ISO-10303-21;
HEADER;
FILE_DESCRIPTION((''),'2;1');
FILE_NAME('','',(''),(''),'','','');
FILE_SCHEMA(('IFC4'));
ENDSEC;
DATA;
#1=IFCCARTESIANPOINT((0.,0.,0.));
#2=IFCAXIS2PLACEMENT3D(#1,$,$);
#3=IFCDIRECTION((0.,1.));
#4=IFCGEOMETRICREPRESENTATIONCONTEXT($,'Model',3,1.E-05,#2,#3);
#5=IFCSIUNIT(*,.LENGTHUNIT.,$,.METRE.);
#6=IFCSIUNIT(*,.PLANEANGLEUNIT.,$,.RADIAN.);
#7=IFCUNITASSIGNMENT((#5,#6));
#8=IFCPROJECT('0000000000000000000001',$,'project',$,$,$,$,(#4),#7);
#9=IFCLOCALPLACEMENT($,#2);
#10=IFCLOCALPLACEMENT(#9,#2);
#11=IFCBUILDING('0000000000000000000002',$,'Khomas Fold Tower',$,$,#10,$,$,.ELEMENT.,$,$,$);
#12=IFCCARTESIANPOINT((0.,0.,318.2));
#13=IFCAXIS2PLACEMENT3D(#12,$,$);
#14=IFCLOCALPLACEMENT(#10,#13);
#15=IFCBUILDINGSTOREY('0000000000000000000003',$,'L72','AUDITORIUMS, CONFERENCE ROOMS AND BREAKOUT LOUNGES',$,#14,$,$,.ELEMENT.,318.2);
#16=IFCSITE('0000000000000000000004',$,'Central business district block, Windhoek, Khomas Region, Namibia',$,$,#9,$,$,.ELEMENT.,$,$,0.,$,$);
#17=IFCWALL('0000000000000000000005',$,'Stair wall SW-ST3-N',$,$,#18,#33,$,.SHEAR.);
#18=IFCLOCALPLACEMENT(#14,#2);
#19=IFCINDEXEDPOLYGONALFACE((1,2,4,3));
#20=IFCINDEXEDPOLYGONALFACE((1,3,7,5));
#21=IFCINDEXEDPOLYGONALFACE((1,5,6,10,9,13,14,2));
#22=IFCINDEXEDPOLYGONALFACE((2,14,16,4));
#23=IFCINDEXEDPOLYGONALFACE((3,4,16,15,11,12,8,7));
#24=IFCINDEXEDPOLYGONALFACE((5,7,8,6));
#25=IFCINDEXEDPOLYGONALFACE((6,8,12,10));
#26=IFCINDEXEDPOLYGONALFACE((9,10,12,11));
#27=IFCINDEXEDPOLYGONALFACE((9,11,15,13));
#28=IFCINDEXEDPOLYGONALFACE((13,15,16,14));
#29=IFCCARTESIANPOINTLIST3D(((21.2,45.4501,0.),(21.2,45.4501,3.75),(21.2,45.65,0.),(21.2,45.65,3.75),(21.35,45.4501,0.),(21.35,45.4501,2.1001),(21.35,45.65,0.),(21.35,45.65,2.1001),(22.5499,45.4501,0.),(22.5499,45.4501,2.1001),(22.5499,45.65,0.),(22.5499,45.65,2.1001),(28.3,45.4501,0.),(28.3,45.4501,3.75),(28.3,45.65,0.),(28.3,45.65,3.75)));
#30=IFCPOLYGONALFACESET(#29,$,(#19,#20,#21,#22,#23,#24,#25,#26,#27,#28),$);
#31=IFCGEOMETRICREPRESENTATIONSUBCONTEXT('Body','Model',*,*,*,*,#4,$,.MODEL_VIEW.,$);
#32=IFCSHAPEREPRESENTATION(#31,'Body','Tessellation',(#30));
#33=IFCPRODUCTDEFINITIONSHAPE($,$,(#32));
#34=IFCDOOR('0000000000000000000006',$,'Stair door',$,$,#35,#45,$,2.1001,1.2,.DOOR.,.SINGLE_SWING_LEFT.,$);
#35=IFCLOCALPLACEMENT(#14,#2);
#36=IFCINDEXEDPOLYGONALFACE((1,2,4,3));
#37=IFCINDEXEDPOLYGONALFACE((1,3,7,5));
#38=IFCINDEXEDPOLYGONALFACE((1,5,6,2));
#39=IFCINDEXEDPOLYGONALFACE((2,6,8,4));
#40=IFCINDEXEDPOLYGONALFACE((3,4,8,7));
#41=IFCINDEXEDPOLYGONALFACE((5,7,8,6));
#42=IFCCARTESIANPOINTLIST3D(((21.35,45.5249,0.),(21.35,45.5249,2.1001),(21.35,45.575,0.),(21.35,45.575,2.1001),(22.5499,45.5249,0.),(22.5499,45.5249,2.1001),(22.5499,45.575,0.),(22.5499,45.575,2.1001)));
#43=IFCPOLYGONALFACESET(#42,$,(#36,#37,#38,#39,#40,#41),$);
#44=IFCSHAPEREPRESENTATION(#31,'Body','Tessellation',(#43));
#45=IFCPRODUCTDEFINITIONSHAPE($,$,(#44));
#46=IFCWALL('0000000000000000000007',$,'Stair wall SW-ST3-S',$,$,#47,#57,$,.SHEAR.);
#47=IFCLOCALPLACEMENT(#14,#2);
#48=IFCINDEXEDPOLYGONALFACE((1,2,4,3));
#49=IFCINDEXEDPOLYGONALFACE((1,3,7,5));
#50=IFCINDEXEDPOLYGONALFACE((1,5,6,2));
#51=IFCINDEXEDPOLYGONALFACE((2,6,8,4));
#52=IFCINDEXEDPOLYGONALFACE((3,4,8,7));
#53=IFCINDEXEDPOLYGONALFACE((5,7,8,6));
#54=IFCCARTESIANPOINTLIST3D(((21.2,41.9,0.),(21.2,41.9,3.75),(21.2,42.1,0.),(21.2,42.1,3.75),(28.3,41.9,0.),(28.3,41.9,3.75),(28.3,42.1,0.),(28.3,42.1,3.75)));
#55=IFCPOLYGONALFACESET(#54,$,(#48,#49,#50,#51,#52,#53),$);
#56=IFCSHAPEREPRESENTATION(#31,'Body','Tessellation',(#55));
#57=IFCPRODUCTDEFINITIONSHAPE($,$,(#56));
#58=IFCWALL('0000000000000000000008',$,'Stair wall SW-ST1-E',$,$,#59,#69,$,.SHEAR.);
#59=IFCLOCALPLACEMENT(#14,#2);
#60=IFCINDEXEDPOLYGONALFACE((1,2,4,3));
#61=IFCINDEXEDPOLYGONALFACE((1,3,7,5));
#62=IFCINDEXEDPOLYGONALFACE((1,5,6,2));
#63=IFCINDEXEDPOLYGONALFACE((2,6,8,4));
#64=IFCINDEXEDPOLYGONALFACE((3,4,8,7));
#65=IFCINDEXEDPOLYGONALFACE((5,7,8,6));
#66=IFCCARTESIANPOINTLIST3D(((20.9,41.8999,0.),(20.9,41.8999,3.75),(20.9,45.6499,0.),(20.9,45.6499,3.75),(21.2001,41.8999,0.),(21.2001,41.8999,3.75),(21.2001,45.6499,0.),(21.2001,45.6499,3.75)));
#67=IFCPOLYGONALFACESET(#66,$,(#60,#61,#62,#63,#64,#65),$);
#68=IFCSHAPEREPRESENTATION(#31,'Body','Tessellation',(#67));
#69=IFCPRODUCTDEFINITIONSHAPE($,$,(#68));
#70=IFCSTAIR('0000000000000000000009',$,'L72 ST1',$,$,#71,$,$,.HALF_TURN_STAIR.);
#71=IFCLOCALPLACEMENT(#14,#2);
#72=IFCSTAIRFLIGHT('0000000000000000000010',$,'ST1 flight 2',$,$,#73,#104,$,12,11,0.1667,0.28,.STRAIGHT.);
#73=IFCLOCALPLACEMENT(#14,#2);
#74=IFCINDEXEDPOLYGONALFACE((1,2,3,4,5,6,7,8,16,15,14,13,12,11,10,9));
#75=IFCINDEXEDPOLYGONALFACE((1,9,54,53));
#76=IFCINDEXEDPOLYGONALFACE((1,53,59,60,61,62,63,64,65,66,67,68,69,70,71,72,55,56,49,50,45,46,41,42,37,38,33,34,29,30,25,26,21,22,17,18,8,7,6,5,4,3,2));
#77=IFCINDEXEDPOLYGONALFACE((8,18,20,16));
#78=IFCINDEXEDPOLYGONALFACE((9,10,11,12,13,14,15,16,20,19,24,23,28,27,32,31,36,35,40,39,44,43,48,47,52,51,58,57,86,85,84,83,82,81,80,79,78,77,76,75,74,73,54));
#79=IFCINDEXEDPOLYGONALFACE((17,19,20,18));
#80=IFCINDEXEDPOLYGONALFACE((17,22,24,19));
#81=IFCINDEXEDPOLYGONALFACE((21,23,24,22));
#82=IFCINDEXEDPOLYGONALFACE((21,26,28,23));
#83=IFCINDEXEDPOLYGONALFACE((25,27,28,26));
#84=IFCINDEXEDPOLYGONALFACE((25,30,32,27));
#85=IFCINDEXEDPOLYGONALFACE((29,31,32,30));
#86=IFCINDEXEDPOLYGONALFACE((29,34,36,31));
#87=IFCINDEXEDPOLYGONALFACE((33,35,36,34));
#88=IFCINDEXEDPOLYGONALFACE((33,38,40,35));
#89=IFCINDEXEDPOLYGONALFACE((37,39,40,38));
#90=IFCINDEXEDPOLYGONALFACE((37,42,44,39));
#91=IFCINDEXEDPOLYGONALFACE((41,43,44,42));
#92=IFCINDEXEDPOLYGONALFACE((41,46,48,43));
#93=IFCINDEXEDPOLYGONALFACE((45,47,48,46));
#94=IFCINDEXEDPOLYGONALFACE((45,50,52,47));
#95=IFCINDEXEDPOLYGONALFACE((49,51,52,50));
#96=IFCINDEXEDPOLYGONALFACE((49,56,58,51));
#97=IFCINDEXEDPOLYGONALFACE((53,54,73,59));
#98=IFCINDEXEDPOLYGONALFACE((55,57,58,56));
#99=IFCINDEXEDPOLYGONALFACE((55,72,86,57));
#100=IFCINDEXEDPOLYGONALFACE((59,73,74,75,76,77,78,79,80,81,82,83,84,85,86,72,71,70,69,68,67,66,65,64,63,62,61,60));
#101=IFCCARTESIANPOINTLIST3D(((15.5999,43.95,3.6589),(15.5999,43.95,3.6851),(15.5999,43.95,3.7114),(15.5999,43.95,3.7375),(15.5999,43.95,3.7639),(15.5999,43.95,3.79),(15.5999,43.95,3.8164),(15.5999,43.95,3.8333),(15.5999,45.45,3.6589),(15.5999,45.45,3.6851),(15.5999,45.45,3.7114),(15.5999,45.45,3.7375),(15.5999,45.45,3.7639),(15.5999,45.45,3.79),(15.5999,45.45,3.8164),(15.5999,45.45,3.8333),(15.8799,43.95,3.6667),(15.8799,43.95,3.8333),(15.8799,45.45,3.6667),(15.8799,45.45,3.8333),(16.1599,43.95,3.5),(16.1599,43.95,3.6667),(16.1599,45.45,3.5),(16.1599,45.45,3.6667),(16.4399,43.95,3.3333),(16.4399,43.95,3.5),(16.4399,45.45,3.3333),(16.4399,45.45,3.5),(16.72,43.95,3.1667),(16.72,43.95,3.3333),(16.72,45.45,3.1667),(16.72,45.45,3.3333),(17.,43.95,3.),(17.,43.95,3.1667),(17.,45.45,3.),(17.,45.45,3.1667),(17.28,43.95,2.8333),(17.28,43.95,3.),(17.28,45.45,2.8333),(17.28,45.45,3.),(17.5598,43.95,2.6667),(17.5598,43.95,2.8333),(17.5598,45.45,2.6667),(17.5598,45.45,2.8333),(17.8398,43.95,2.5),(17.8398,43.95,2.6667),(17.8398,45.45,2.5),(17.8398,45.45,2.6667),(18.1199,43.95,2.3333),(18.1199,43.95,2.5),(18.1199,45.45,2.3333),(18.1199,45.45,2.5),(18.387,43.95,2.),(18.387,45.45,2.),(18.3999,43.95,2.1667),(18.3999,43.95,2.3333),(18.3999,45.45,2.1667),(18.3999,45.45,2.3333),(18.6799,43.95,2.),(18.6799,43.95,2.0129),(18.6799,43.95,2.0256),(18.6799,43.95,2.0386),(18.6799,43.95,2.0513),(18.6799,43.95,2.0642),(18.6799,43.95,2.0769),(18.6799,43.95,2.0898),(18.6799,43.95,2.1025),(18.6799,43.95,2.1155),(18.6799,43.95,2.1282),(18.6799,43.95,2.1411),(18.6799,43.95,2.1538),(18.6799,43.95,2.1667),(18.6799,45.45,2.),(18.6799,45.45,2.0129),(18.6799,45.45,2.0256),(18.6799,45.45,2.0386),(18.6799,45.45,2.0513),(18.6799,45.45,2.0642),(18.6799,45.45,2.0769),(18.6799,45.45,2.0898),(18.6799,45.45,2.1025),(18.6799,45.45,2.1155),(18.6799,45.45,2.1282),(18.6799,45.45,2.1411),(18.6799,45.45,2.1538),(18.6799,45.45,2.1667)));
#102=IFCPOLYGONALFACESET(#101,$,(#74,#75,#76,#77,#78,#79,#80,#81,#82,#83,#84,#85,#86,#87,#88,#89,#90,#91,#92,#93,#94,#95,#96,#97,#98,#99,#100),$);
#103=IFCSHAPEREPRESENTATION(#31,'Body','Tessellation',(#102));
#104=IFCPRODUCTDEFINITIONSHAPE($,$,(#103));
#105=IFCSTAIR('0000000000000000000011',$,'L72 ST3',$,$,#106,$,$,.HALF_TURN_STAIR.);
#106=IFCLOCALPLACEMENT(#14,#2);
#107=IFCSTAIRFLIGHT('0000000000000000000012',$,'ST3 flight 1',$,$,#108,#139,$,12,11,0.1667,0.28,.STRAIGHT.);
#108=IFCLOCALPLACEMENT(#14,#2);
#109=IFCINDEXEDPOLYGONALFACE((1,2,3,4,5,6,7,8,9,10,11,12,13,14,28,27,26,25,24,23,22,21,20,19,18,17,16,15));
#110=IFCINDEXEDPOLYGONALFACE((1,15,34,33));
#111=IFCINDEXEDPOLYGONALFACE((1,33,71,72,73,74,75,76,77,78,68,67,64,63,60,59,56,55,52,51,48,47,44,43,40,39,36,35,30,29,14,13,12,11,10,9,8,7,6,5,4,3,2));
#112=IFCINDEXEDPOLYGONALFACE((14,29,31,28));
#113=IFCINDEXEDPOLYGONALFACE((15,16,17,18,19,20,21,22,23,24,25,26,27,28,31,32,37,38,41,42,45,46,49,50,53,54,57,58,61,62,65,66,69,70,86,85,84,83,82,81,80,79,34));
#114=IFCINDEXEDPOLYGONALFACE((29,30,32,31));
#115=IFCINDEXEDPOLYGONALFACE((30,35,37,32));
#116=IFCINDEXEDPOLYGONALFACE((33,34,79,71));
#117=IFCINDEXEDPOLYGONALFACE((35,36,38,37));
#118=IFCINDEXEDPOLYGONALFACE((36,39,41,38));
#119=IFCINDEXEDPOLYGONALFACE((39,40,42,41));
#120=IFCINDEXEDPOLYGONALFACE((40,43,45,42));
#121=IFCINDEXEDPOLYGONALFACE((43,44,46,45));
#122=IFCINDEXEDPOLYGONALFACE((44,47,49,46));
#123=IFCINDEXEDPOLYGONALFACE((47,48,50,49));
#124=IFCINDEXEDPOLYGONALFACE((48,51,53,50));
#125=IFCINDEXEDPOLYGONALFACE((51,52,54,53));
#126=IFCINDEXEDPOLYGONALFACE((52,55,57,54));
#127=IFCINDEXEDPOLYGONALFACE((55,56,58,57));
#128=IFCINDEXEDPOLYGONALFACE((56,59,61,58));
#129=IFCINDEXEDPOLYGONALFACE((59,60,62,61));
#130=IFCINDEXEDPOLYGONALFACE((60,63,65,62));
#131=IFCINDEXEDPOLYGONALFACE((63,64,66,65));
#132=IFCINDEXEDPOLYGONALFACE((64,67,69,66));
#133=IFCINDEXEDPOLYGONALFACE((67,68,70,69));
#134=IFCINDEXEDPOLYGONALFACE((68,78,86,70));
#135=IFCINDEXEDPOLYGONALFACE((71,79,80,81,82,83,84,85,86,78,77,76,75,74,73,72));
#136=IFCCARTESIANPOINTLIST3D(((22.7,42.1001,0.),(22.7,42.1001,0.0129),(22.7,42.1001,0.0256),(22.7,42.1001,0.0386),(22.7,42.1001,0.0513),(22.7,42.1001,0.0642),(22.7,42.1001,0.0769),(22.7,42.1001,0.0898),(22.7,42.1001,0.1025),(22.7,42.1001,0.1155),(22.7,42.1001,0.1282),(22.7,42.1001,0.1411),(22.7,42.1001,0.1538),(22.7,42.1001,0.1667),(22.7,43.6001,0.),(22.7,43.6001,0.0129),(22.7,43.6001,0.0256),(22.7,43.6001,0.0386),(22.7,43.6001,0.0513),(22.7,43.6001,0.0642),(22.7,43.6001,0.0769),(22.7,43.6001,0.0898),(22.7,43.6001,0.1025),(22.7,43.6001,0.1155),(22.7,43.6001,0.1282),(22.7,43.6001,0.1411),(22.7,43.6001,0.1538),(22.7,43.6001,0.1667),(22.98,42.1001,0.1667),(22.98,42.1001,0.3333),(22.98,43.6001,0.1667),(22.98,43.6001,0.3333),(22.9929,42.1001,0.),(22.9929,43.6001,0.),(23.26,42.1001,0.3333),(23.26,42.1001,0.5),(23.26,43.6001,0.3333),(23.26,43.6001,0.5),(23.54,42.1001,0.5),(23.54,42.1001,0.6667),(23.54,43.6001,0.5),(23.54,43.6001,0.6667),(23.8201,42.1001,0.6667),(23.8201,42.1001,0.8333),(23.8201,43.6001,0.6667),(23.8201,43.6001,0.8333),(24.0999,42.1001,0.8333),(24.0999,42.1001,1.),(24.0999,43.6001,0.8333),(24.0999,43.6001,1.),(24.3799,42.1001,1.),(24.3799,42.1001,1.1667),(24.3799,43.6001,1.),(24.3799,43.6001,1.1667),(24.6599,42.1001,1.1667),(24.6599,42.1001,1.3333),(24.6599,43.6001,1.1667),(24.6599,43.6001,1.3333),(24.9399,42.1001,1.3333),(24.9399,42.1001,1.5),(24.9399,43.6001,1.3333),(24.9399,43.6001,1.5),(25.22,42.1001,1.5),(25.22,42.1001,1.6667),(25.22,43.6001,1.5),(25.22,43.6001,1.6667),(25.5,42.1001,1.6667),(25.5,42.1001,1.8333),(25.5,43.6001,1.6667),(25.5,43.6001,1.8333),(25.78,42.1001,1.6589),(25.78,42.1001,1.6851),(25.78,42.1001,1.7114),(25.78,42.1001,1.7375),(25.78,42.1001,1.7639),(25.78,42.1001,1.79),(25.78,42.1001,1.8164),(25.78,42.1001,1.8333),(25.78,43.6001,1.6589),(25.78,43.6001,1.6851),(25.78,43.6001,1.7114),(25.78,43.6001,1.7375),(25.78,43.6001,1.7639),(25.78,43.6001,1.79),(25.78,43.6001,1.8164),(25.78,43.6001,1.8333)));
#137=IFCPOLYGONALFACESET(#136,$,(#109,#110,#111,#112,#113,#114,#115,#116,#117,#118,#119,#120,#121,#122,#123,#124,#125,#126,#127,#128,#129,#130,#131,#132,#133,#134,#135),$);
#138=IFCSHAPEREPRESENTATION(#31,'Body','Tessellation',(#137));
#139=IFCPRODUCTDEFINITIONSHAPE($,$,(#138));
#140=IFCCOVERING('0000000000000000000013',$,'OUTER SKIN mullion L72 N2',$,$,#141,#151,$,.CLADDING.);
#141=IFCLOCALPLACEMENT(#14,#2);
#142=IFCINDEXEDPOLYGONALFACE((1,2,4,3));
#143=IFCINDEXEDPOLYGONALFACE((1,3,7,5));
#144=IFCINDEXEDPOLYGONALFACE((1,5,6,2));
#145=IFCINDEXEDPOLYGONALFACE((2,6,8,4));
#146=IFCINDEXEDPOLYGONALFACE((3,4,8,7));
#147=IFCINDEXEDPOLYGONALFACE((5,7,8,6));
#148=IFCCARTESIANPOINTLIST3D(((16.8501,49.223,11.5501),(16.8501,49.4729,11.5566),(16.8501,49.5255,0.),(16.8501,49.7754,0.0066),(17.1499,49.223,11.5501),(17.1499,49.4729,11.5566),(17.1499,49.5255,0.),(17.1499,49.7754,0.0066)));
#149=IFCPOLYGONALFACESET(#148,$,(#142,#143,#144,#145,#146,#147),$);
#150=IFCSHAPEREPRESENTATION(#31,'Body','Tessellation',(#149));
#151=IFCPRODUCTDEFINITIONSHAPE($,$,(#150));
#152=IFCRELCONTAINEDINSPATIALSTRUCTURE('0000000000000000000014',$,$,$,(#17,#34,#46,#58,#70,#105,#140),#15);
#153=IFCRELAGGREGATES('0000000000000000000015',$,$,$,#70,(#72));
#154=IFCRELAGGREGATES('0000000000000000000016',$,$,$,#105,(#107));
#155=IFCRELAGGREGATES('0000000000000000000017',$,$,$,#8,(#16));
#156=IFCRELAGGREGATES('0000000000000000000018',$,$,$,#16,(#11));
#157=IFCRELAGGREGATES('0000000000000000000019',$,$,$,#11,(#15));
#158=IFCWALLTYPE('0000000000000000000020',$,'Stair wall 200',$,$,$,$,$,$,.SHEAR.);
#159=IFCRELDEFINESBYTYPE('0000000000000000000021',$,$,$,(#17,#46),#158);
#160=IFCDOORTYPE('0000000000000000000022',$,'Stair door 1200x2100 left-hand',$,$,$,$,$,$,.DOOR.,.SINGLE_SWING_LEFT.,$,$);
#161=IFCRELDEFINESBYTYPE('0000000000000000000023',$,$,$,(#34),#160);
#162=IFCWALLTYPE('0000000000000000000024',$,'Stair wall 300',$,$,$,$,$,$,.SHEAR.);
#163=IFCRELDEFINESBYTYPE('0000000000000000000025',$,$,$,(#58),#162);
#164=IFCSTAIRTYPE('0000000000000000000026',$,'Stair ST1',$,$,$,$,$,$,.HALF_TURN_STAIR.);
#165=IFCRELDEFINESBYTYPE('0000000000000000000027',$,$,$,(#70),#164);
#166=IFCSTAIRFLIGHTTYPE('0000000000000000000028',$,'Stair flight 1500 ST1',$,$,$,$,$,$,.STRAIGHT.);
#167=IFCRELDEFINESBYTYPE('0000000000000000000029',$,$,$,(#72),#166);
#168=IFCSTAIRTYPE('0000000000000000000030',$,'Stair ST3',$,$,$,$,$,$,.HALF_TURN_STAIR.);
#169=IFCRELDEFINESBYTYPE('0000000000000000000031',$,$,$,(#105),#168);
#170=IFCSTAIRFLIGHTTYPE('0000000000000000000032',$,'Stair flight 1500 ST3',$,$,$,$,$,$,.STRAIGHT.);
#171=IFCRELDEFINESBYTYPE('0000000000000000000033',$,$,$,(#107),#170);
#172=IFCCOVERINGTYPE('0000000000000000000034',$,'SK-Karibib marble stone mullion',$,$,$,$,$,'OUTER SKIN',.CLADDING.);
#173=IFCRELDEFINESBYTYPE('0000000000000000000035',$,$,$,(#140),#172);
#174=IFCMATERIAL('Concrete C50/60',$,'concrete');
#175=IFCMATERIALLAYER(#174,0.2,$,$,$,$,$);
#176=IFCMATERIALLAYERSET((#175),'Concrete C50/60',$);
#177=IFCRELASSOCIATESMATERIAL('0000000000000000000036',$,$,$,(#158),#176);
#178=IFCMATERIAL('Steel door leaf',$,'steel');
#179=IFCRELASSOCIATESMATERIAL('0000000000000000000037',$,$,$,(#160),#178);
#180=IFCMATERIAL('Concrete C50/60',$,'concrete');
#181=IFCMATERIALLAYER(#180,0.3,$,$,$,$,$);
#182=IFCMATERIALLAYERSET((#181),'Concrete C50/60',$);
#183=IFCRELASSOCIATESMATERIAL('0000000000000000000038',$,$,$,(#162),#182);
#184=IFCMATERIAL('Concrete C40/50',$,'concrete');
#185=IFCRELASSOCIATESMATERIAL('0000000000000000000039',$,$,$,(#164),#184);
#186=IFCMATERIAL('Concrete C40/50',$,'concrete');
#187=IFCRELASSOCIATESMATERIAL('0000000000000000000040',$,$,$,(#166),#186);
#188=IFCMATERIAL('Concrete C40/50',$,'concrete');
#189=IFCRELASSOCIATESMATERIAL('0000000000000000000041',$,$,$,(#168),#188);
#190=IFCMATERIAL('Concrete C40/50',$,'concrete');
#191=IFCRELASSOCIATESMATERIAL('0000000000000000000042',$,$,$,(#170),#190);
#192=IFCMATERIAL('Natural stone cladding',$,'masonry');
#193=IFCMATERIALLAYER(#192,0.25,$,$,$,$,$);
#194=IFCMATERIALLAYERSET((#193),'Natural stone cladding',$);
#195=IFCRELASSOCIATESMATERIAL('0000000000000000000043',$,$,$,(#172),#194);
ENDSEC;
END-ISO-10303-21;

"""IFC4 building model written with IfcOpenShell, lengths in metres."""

from ifc_helpers import new_model, si_unit, direction, frame, frame_2d, origin, place, context, subcontext, project, spatial, polyline, rectangle, outline, extrude, source, transform, mapped, material, layer, layer_set, type_object, element, fill, aggregate, save


model = new_model("IFC4")

# Units and contexts
model_context = context("Model", 3, precision=1e-05, world=origin(), true_north=direction((0.0, 1.0)))
body_context = subcontext(model_context, "Body", "Model", "MODEL_VIEW")
ifc_project = project(units=[si_unit("LENGTHUNIT", "METRE"), si_unit("PLANEANGLEUNIT", "RADIAN")], contexts=[model_context])

# Site, building, storey
site_placement = place(None, origin())
site = spatial("IfcSite", under=ifc_project, at=site_placement, Name="Central business district block, Windhoek, Khomas Region, Namibia", CompositionType="ELEMENT", RefElevation=0.0)
building_placement = place(site_placement, origin())
building = spatial("IfcBuilding", under=site, at=building_placement, Name="Khomas Fold Tower", CompositionType="ELEMENT")
storey_placement = place(building_placement, frame((0.0, 0.0, 318.2)))
storey = spatial("IfcBuildingStorey", under=building, at=storey_placement, Name="L72", Description="AUDITORIUMS, CONFERENCE ROOMS AND BREAKOUT LOUNGES", CompositionType="ELEMENT", Elevation=318.2)

# Wall, opening, door
ifc_material_1 = material(Name="Concrete C50/60", Category="concrete")
ifc_layer_1 = layer(ifc_material_1, 0.2)
ifc_layer_set_1 = layer_set([ifc_layer_1], Name="Concrete C50/60")
wall_type_1 = type_object("IfcWallType", Name="Stair wall 200", PredefinedType="SHEAR", material=ifc_layer_set_1)
shared_shape_1 = source(origin(), body_context, "Body", "SweptSolid", [
    extrude(rectangle(XDim=7.1001, YDim=0.2, at=frame_2d((3.55, 0.0))), origin(), (0.0, 0.0, 1.0), 3.75),
])
wall_1_placement = place(storey_placement, frame((21.2, 45.55, 0.0), z_axis=(0.0, 0.0, 1.0), x_axis=(1.0, 0.0, 0.0)))
wall_1 = element("IfcWall", 1, at=wall_1_placement, inside=storey, type_object=wall_type_1, Name="Stair wall SW-ST3-N", PredefinedType="SHEAR", context=body_context, shape_type="MappedRepresentation", body=[
    mapped(shared_shape_1, transform((0.0, 0.0, 0.0))),
])
shared_shape_2 = source(origin(), body_context, "Body", "SweptSolid", [
    extrude(rectangle(XDim=1.2, YDim=2.1001, at=frame_2d((0.6001, 1.05))), frame((0.0, 0.1099, 0.0), z_axis=(0.0, -1.0, 0.0), x_axis=(1.0, 0.0, 0.0)), (0.0, 0.0, 1.0), 0.22),
])
opening_placement = place(wall_1_placement, frame((0.1499, 0.0, 0.0)))
opening = element("IfcOpeningElement", 2, at=opening_placement, cuts=wall_1, PredefinedType="OPENING", context=body_context, shape_type="MappedRepresentation", body=[
    mapped(shared_shape_2, transform((0.0, 0.0, 0.0))),
])
ifc_material_2 = material(Name="Steel door leaf", Category="steel")
door_type = type_object("IfcDoorType", Name="Stair door 1200x2100 left-hand", OperationType="SINGLE_SWING_LEFT", PredefinedType="DOOR", material=ifc_material_2)
shared_shape_3 = source(origin(), body_context, "Body", "SweptSolid", [
    extrude(rectangle(XDim=1.2, YDim=2.1001, at=frame_2d((0.6001, 1.05))), frame((0.0, 0.0249, 0.0), z_axis=(0.0, -1.0, 0.0), x_axis=(1.0, 0.0, 0.0)), (0.0, 0.0, 1.0), 0.05),
])
door_placement = place(opening_placement, origin())
door = element("IfcDoor", 3, at=door_placement, inside=storey, type_object=door_type, Name="Stair door", OperationType="SINGLE_SWING_LEFT", OverallHeight=2.1001, OverallWidth=1.2, PredefinedType="DOOR", context=body_context, shape_type="MappedRepresentation", body=[
    mapped(shared_shape_3, transform((0.0, 0.0, 0.0))),
])
fill(opening, door)

# Walls
wall_2_placement = place(storey_placement, frame((21.2, 42.0, 0.0), z_axis=(0.0, 0.0, 1.0), x_axis=(1.0, 0.0, 0.0)))
element("IfcWall", 4, at=wall_2_placement, inside=storey, type_object=wall_type_1, Name="Stair wall SW-ST3-S", PredefinedType="SHEAR", context=body_context, shape_type="MappedRepresentation", body=[
    mapped(shared_shape_1, transform((0.0, 0.0, 0.0))),
])
ifc_material_3 = material(Name="Concrete C50/60", Category="concrete")
ifc_layer_2 = layer(ifc_material_3, 0.3)
ifc_layer_set_2 = layer_set([ifc_layer_2], Name="Concrete C50/60")
wall_type_2 = type_object("IfcWallType", Name="Stair wall 300", PredefinedType="SHEAR", material=ifc_layer_set_2)
shared_shape_4 = source(origin(), body_context, "Body", "SweptSolid", [
    extrude(rectangle(XDim=3.75, YDim=0.3, at=frame_2d((1.875, 0.0))), origin(), (0.0, 0.0, 1.0), 3.75),
])
wall_3_placement = place(storey_placement, frame((21.05, 41.8999, 0.0), z_axis=(0.0, 0.0, 1.0), x_axis=(0.0, 1.0, 0.0)))
element("IfcWall", 5, at=wall_3_placement, inside=storey, type_object=wall_type_2, Name="Stair wall SW-ST1-E", PredefinedType="SHEAR", context=body_context, shape_type="MappedRepresentation", body=[
    mapped(shared_shape_4, transform((0.0, 0.0, 0.0))),
])

# Stairs, stair flights
ifc_material_4 = material(Name="Concrete C40/50", Category="concrete")
stair_type_1 = type_object("IfcStairType", Name="Stair ST1", PredefinedType="HALF_TURN_STAIR", material=ifc_material_4)
stair_1_placement = place(storey_placement, origin())
stair_1 = element("IfcStair", 6, at=stair_1_placement, inside=storey, type_object=stair_type_1, Name="L72 ST1", PredefinedType="HALF_TURN_STAIR")
ifc_material_5 = material(Name="Concrete C40/50", Category="concrete")
stair_flight_type_1 = type_object("IfcStairFlightType", Name="Stair flight 1500 ST1", PredefinedType="STRAIGHT", material=ifc_material_5)
shared_shape_5 = source(origin(), body_context, "Body", "SweptSolid", [
    extrude(outline(polyline([(0.0, 0.0), (0.0, 0.0129), (0.0, 0.0256), (0.0, 0.0386), (0.0, 0.0513), (0.0, 0.0642), (0.0, 0.0769), (0.0, 0.0898), (0.0, 0.1025), (0.0, 0.1155), (0.0, 0.1282), (0.0, 0.1411), (0.0, 0.1538), (0.0, 0.1667), (0.28, 0.1667), (0.28, 0.3333), (0.5601, 0.3333), (0.5601, 0.5), (0.8401, 0.5), (0.8401, 0.6667), (1.1201, 0.6667), (1.1201, 0.8333), (1.3999, 0.8333), (1.3999, 1.0), (1.6799, 1.0), (1.6799, 1.1667), (1.96, 1.1667), (1.96, 1.3333), (2.24, 1.3333), (2.24, 1.5), (2.52, 1.5), (2.52, 1.6667), (2.8, 1.6667), (2.8, 1.8333), (3.0801, 1.8333), (3.0801, 2.0), (3.0801, 1.9739), (3.0801, 1.9475), (3.0801, 1.9214), (3.0801, 1.895), (3.0801, 1.8689), (3.0801, 1.8425), (3.0801, 1.8164), (3.0801, 1.79), (3.0801, 1.7639), (3.0801, 1.7375), (3.0801, 1.7114), (3.0801, 1.6851), (3.0801, 1.6589), (0.293, 0.0), (0.0, 0.0)])), frame((0.0, 0.75, 0.0), z_axis=(0.0, -1.0, 0.0), x_axis=(1.0, 0.0, 0.0)), (0.0, 0.0, 1.0), 1.5),
])
stair_flight_1_placement = place(storey_placement, frame((18.6799, 44.7, 2.0), z_axis=(0.0, 0.0, 1.0), x_axis=(-1.0, 0.0, 0.0)))
stair_flight_1 = element("IfcStairFlight", 7, at=stair_flight_1_placement, type_object=stair_flight_type_1, Name="ST1 flight 2", NumberOfRisers=12, NumberOfTreads=11, PredefinedType="STRAIGHT", RiserHeight=0.1667, TreadLength=0.28, context=body_context, shape_type="MappedRepresentation", body=[
    mapped(shared_shape_5, transform((0.0, 0.0, 0.0))),
])
aggregate(stair_1, [stair_flight_1])
ifc_material_6 = material(Name="Concrete C40/50", Category="concrete")
stair_type_2 = type_object("IfcStairType", Name="Stair ST3", PredefinedType="HALF_TURN_STAIR", material=ifc_material_6)
stair_2_placement = place(storey_placement, origin())
stair_2 = element("IfcStair", 8, at=stair_2_placement, inside=storey, type_object=stair_type_2, Name="L72 ST3", PredefinedType="HALF_TURN_STAIR")
ifc_material_7 = material(Name="Concrete C40/50", Category="concrete")
stair_flight_type_2 = type_object("IfcStairFlightType", Name="Stair flight 1500 ST3", PredefinedType="STRAIGHT", material=ifc_material_7)
stair_flight_2_placement = place(storey_placement, frame((22.7, 42.8501, 0.0), z_axis=(0.0, 0.0, 1.0), x_axis=(1.0, 0.0, 0.0)))
stair_flight_2 = element("IfcStairFlight", 9, at=stair_flight_2_placement, type_object=stair_flight_type_2, Name="ST3 flight 1", NumberOfRisers=12, NumberOfTreads=11, PredefinedType="STRAIGHT", RiserHeight=0.1667, TreadLength=0.28, context=body_context, shape_type="MappedRepresentation", body=[
    mapped(shared_shape_5, transform((0.0, 0.0, 0.0))),
])
aggregate(stair_2, [stair_flight_2])

# Covering
ifc_material_8 = material(Name="Natural stone cladding", Category="masonry")
ifc_layer_3 = layer(ifc_material_8, 0.25)
ifc_layer_set_3 = layer_set([ifc_layer_3], Name="Natural stone cladding")
covering_type = type_object("IfcCoveringType", Name="SK-Karibib marble stone mullion", ElementType="OUTER SKIN", PredefinedType="CLADDING", material=ifc_layer_set_3)
for number, where, z_axis, x_axis, name in (
    (10, (16.8501, 49.7754, 0.0066), (0.0, 0.999657, 0.026181), (1.0, 0.0, 0.0), "OUTER SKIN mullion L72 N2"),
):
    element("IfcCovering", number, at=place(storey_placement, frame(where, z_axis=z_axis, x_axis=x_axis)), inside=storey, type_object=covering_type, Name=name, PredefinedType="CLADDING", context=body_context, shape_type="SweptSolid", body=[
        extrude(outline(polyline([(0.0, 0.0), (0.2998, 0.0), (0.2998, -11.554), (0.0, -11.554), (0.0, 0.0)])), origin(), (0.0, 0.0, -1.0), 0.25),
    ])

save(model, "model.ifc")
